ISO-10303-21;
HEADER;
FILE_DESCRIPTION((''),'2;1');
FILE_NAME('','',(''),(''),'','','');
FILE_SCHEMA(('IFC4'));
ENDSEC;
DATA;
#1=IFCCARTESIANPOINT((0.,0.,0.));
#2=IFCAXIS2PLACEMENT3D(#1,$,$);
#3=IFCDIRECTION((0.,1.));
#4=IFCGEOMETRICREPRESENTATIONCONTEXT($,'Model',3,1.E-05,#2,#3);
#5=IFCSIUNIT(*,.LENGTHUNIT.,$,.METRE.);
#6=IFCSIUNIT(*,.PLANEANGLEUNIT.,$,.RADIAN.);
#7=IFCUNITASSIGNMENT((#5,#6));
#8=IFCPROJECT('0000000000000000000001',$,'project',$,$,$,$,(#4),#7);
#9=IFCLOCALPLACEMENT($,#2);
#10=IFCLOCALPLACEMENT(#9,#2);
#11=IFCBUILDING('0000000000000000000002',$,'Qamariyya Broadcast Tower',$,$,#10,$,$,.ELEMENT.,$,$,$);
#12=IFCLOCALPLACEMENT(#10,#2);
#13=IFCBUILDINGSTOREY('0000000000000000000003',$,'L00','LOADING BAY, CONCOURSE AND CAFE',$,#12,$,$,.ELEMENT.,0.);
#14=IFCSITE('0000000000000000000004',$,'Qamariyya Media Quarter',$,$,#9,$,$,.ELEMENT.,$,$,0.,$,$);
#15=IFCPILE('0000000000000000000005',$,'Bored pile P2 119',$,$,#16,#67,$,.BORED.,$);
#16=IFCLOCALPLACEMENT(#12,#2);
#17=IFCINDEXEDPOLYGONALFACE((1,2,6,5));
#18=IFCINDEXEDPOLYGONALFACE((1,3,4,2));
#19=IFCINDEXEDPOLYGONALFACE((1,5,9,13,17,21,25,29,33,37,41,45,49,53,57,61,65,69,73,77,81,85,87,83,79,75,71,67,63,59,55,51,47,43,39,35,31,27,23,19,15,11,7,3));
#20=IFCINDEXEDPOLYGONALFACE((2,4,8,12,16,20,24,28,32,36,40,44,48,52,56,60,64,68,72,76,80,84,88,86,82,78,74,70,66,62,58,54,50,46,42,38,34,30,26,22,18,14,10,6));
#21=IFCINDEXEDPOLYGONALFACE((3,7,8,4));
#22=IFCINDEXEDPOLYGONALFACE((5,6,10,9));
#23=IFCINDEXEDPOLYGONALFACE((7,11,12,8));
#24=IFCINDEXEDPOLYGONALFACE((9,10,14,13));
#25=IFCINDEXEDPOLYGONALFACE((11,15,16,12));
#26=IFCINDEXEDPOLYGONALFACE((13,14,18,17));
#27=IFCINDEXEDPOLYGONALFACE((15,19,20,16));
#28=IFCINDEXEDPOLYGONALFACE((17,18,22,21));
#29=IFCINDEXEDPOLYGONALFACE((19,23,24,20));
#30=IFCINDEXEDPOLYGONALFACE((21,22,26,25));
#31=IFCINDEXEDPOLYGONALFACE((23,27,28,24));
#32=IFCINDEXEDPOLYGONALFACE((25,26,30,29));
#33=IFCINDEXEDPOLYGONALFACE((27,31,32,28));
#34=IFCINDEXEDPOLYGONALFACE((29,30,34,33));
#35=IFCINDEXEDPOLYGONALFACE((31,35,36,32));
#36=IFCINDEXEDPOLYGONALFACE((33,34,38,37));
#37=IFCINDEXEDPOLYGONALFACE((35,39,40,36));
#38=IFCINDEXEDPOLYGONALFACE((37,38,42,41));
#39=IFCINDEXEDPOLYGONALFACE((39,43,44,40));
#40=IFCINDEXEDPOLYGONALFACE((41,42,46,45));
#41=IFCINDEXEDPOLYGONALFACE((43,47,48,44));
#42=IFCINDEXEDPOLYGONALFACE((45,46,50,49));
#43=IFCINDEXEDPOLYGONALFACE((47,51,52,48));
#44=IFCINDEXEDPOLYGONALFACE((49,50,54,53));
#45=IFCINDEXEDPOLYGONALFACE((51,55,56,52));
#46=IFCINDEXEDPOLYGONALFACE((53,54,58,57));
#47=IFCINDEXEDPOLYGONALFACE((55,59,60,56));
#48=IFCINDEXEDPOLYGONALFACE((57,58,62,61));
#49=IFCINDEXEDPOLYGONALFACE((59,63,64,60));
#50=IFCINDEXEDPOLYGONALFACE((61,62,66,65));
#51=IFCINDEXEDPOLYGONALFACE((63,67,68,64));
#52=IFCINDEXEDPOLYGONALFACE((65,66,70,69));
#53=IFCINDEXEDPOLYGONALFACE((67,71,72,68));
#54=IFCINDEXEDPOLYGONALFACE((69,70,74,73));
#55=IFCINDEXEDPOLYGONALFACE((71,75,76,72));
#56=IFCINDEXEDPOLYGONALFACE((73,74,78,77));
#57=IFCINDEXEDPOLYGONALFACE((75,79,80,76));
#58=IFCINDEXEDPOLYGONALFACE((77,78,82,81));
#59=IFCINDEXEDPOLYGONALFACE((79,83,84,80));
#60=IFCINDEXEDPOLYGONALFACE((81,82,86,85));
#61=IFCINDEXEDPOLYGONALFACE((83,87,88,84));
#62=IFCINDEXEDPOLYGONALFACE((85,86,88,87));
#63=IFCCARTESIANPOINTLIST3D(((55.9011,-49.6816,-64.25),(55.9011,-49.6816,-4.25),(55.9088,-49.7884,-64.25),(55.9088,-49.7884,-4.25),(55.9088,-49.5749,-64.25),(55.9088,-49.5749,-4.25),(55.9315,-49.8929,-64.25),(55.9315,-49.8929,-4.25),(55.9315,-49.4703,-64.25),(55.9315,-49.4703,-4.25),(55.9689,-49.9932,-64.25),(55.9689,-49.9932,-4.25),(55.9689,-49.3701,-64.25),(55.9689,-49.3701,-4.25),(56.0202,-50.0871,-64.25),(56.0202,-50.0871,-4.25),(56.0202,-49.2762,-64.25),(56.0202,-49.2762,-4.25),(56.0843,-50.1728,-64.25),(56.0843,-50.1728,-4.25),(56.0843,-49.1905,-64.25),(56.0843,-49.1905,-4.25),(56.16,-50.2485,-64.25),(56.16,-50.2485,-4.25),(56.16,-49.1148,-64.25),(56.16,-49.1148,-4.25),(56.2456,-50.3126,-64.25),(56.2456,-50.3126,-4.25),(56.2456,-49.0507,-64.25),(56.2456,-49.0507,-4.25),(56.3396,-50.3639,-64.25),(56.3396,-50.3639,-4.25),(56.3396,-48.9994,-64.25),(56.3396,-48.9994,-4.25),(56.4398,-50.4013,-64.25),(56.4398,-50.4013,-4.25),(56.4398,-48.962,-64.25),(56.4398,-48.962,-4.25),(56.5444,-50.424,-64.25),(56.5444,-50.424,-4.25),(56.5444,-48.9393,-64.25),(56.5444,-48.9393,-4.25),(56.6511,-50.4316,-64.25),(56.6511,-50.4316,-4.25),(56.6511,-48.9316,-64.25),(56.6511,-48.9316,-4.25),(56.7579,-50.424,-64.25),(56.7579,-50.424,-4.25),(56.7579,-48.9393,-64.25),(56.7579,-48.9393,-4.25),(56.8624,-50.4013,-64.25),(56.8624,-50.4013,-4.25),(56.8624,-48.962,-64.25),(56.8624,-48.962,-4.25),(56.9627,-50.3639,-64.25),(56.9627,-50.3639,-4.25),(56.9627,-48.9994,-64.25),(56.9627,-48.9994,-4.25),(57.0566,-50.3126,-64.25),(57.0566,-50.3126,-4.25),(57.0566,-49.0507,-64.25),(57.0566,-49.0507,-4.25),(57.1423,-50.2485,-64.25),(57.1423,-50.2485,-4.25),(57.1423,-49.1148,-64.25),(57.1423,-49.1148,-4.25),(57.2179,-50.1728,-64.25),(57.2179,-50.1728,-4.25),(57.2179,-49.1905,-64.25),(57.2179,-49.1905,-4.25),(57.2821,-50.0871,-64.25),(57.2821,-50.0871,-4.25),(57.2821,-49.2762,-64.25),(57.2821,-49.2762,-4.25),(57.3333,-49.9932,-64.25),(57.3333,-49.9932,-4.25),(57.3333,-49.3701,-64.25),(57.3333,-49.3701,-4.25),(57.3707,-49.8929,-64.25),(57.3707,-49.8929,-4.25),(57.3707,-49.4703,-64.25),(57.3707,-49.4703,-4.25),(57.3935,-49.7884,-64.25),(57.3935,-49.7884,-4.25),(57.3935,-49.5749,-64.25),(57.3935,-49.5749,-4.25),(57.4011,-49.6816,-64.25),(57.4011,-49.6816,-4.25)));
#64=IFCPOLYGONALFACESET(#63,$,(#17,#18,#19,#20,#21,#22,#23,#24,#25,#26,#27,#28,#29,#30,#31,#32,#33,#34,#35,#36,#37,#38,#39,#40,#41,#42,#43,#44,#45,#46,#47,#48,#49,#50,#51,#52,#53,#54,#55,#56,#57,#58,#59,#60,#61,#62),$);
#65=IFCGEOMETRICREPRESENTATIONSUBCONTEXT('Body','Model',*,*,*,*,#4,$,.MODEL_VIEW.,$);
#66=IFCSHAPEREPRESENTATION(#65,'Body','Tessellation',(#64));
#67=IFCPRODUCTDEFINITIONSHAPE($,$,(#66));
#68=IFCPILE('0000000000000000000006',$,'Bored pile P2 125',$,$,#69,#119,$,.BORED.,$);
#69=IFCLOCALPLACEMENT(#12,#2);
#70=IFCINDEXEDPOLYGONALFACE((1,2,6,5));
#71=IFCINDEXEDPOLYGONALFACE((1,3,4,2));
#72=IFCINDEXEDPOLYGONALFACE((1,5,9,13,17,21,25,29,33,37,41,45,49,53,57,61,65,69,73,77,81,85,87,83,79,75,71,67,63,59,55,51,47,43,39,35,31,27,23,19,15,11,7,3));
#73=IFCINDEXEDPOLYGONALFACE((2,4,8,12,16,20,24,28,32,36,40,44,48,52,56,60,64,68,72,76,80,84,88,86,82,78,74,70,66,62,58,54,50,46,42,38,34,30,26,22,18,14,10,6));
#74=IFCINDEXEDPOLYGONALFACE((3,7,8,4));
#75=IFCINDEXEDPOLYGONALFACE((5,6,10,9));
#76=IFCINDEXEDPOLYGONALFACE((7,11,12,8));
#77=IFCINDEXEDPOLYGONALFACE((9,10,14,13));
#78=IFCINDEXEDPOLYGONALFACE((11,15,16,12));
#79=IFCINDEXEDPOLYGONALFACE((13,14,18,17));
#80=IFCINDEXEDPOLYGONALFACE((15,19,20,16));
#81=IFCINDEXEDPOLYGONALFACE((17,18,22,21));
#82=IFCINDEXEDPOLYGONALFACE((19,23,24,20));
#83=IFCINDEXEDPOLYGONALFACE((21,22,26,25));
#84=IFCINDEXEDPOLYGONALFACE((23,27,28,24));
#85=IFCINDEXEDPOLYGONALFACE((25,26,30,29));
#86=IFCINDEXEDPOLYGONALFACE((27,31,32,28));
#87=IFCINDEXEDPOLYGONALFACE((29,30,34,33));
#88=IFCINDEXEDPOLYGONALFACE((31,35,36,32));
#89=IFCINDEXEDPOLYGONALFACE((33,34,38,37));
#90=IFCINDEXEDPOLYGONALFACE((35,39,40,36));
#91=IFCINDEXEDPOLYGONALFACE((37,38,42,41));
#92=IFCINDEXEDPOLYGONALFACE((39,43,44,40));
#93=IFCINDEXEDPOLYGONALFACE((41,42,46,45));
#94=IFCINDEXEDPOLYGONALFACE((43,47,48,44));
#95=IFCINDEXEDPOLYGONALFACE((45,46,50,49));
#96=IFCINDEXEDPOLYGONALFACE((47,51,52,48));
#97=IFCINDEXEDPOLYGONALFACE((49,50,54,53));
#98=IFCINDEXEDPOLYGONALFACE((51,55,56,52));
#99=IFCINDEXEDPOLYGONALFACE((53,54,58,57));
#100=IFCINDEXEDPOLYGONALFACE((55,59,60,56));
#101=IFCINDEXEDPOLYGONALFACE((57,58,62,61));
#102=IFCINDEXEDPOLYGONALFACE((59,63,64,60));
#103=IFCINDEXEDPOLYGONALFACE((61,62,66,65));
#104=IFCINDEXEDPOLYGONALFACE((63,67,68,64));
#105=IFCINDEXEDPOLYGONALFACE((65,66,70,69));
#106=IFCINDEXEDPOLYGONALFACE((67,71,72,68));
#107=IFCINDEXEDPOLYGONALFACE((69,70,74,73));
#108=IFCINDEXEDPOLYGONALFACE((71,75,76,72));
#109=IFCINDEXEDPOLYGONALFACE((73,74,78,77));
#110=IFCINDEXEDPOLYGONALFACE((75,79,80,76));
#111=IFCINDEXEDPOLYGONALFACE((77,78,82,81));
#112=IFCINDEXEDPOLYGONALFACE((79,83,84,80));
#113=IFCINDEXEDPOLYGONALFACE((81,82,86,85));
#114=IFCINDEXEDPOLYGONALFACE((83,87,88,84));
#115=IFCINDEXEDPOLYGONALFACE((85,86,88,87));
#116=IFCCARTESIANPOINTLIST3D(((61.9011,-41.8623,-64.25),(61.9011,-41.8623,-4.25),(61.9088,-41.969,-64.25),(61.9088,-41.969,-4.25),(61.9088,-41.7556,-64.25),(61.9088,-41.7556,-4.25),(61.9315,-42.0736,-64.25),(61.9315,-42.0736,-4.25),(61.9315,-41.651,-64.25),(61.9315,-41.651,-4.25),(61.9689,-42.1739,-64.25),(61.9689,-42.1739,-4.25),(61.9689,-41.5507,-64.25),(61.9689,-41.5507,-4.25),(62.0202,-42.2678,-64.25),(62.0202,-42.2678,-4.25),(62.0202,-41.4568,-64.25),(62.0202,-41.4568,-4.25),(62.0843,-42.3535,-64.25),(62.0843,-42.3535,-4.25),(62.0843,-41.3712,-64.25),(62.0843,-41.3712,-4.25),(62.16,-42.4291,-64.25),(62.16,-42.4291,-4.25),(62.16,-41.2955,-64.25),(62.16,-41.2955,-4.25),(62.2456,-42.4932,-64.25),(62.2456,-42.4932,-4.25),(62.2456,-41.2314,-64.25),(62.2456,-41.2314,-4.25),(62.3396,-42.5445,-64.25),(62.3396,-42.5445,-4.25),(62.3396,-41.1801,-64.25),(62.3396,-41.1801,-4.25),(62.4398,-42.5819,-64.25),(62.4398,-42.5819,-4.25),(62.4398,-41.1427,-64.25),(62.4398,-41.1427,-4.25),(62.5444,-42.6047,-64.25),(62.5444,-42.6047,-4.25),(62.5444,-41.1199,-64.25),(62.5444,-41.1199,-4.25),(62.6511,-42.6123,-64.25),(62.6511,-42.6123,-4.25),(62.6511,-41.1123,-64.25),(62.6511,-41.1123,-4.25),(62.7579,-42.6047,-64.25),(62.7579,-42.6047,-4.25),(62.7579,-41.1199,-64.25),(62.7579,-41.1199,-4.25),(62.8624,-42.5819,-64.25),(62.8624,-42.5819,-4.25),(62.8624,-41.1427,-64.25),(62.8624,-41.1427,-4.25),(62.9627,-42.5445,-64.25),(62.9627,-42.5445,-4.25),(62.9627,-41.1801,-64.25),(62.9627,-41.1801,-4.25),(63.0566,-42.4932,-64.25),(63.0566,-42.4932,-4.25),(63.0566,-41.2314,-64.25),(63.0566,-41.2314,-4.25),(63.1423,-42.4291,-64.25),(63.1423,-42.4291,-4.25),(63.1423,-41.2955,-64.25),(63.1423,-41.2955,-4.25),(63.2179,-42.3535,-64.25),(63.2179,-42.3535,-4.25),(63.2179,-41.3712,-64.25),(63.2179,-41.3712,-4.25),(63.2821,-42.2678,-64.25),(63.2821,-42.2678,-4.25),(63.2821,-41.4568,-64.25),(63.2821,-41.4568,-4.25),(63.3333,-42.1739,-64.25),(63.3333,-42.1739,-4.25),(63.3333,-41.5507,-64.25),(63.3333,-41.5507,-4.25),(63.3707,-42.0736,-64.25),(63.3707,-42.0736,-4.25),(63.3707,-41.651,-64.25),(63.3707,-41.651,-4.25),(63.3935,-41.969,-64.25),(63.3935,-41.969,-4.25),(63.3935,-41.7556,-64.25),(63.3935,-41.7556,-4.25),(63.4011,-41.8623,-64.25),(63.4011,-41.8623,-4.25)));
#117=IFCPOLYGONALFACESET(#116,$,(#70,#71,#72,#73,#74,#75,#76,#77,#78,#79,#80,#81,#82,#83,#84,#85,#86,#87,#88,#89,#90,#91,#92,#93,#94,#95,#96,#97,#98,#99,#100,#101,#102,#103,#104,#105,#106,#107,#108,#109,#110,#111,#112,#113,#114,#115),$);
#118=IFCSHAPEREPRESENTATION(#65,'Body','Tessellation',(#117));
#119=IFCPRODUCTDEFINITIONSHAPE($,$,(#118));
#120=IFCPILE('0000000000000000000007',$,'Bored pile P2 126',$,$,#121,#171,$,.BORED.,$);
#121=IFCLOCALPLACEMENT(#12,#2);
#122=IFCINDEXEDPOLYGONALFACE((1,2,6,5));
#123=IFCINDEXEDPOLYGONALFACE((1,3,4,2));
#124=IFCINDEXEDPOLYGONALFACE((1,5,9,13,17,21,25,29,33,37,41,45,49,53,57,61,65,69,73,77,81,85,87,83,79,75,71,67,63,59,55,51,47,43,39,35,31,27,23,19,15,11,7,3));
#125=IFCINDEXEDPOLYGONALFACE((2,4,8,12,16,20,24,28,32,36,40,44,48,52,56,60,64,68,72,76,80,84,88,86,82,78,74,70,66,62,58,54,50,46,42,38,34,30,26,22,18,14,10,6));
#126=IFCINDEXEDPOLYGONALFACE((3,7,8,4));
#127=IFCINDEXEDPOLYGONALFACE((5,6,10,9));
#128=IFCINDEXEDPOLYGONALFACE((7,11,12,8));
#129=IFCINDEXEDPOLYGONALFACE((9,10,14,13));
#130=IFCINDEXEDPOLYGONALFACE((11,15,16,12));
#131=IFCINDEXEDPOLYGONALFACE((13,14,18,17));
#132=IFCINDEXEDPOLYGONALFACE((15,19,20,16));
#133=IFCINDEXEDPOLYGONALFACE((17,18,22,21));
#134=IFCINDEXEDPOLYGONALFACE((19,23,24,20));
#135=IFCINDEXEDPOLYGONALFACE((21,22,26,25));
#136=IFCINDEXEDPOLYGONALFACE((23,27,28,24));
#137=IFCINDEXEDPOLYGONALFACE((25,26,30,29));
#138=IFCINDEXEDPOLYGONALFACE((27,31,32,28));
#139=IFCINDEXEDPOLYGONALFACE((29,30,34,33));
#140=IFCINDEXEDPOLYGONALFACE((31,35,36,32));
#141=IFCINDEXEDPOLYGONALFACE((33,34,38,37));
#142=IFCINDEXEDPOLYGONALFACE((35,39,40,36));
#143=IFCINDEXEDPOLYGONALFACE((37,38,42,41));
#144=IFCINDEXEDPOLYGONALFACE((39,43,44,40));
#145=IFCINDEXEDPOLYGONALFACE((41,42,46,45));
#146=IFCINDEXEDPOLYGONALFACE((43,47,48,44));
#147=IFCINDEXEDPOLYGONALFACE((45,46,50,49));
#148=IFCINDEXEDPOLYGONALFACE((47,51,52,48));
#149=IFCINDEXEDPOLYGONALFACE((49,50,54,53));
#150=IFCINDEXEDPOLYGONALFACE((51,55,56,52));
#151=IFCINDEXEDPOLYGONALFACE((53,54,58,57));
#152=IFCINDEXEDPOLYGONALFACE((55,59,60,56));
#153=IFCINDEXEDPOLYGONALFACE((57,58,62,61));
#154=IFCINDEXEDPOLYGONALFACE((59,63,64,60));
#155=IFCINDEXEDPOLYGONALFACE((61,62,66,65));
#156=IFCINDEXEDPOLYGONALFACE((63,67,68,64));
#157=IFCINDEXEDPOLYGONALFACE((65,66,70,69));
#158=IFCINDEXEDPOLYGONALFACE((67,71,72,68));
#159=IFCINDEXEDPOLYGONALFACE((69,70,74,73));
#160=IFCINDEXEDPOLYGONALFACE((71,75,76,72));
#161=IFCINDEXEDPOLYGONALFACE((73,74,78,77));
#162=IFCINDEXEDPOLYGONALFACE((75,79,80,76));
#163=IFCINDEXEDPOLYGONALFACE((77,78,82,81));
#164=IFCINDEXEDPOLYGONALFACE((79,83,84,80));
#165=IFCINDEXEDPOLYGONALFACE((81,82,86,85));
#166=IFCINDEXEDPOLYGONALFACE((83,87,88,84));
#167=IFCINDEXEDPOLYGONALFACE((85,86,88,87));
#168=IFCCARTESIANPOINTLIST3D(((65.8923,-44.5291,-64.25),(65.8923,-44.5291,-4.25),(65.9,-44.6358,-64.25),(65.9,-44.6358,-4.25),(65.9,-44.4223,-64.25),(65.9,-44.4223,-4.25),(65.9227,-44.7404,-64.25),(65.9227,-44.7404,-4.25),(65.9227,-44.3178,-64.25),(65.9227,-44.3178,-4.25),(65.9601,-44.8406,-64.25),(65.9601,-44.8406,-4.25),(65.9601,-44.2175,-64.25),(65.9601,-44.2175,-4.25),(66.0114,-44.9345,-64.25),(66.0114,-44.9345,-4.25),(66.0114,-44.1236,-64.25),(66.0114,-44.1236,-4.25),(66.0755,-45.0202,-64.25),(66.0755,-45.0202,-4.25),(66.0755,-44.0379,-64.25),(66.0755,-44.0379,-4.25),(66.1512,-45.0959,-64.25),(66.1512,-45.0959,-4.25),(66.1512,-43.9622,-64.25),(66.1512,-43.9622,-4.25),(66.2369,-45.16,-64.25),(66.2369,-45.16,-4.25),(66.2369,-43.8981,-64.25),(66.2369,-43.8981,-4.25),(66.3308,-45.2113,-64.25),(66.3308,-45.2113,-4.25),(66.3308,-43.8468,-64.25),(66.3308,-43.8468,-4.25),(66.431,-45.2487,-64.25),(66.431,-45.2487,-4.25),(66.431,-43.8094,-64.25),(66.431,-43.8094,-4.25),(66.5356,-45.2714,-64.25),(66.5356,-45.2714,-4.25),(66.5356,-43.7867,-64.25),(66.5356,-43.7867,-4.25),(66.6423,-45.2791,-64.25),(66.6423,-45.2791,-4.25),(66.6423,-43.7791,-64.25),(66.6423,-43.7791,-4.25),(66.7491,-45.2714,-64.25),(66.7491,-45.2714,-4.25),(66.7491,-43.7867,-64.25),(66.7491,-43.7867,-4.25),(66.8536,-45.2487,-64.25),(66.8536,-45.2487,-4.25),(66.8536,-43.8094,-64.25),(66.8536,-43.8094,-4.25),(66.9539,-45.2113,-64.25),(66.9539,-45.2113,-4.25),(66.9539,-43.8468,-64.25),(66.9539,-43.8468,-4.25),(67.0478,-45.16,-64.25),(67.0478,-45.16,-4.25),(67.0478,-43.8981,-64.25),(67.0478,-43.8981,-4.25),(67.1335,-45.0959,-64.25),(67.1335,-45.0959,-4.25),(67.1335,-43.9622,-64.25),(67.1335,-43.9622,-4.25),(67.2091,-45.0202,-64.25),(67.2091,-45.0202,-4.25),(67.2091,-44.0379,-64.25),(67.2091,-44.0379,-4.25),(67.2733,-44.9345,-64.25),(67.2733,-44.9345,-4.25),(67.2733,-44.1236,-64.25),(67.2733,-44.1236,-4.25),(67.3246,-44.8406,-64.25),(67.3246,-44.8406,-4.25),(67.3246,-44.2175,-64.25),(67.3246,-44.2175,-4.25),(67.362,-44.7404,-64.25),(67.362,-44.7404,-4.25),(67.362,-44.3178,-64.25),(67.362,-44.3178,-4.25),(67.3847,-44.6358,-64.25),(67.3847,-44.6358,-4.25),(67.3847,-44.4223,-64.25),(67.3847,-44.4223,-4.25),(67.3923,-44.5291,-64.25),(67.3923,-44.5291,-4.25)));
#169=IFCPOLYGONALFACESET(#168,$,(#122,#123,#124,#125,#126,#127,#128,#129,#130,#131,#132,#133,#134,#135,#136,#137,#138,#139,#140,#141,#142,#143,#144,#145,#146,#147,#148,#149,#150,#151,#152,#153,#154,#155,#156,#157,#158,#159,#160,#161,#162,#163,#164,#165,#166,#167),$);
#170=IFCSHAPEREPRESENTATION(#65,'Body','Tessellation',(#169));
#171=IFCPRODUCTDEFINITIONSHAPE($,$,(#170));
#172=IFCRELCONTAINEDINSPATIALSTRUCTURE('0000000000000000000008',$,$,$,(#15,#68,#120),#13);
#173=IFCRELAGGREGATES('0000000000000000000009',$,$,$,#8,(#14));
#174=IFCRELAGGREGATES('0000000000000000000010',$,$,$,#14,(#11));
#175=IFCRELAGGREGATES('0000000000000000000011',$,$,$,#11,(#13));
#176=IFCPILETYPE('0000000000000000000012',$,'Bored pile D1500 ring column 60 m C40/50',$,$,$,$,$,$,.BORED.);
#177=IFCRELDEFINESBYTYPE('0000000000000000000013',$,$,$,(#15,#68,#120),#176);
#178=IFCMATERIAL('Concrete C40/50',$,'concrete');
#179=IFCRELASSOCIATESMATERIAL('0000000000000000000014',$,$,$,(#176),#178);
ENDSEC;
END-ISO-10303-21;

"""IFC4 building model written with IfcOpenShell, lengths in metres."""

from ifc_helpers import new_model, si_unit, direction, frame, origin, origin_2d, place, context, subcontext, project, spatial, circle, extrude, material, material_profile, profile_set, type_object, element, save


model = new_model("IFC4")

# Units and contexts
model_context = context("Model", 3, precision=1e-05, world=origin(), true_north=direction((0.0, 1.0)))
body_context = subcontext(model_context, "Body", "Model", "MODEL_VIEW")
ifc_project = project(units=[si_unit("LENGTHUNIT", "METRE"), si_unit("PLANEANGLEUNIT", "RADIAN")], contexts=[model_context])

# Site, building, storey
site_placement = place(None, origin())
site = spatial("IfcSite", under=ifc_project, at=site_placement, Name="Qamariyya Media Quarter", CompositionType="ELEMENT", RefElevation=0.0)
building_placement = place(site_placement, origin())
building = spatial("IfcBuilding", under=site, at=building_placement, Name="Qamariyya Broadcast Tower", CompositionType="ELEMENT")
storey_placement = place(building_placement, origin())
storey = spatial("IfcBuildingStorey", under=building, at=storey_placement, Name="L00", Description="LOADING BAY, CONCOURSE AND CAFE", CompositionType="ELEMENT", Elevation=0.0)

# Piles
ifc_material_1 = material(Name="Concrete C40/50", Category="concrete")
ifc_material_profile_1 = material_profile(ifc_material_1, circle(Radius=0.75, at=origin_2d()))
ifc_profile_set_1 = profile_set([ifc_material_profile_1], Name="Concrete C40/50")
pile_type_1 = type_object("IfcPileType", Name="Bored pile D1500 ring column 60 m C40/50", PredefinedType="BORED", material=ifc_profile_set_1)
for number, where, z_axis, x_axis, name in (
    (1, (56.6511, -49.6816, -4.25), (0.0, 0.0, -1.0), (1.0, 0.0, 0.0), "Bored pile P2 119"),
    (2, (62.6511, -41.8623, -4.25), (0.0, 0.0, -1.0), (1.0, 0.0, 0.0), "Bored pile P2 125"),
    (3, (66.6423, -44.5291, -4.25), (0.0, 0.0, -1.0), (1.0, 0.0, 0.0), "Bored pile P2 126"),
):
    element("IfcPile", number, at=place(storey_placement, frame(where, z_axis=z_axis, x_axis=x_axis)), inside=storey, type_object=pile_type_1, Name=name, PredefinedType="BORED", context=body_context, shape_type="SweptSolid", body=[
        extrude(circle(Radius=0.75, at=origin_2d()), origin(), (0.0, 0.0, 1.0), 60.0),
    ])

save(model, "model.ifc")
